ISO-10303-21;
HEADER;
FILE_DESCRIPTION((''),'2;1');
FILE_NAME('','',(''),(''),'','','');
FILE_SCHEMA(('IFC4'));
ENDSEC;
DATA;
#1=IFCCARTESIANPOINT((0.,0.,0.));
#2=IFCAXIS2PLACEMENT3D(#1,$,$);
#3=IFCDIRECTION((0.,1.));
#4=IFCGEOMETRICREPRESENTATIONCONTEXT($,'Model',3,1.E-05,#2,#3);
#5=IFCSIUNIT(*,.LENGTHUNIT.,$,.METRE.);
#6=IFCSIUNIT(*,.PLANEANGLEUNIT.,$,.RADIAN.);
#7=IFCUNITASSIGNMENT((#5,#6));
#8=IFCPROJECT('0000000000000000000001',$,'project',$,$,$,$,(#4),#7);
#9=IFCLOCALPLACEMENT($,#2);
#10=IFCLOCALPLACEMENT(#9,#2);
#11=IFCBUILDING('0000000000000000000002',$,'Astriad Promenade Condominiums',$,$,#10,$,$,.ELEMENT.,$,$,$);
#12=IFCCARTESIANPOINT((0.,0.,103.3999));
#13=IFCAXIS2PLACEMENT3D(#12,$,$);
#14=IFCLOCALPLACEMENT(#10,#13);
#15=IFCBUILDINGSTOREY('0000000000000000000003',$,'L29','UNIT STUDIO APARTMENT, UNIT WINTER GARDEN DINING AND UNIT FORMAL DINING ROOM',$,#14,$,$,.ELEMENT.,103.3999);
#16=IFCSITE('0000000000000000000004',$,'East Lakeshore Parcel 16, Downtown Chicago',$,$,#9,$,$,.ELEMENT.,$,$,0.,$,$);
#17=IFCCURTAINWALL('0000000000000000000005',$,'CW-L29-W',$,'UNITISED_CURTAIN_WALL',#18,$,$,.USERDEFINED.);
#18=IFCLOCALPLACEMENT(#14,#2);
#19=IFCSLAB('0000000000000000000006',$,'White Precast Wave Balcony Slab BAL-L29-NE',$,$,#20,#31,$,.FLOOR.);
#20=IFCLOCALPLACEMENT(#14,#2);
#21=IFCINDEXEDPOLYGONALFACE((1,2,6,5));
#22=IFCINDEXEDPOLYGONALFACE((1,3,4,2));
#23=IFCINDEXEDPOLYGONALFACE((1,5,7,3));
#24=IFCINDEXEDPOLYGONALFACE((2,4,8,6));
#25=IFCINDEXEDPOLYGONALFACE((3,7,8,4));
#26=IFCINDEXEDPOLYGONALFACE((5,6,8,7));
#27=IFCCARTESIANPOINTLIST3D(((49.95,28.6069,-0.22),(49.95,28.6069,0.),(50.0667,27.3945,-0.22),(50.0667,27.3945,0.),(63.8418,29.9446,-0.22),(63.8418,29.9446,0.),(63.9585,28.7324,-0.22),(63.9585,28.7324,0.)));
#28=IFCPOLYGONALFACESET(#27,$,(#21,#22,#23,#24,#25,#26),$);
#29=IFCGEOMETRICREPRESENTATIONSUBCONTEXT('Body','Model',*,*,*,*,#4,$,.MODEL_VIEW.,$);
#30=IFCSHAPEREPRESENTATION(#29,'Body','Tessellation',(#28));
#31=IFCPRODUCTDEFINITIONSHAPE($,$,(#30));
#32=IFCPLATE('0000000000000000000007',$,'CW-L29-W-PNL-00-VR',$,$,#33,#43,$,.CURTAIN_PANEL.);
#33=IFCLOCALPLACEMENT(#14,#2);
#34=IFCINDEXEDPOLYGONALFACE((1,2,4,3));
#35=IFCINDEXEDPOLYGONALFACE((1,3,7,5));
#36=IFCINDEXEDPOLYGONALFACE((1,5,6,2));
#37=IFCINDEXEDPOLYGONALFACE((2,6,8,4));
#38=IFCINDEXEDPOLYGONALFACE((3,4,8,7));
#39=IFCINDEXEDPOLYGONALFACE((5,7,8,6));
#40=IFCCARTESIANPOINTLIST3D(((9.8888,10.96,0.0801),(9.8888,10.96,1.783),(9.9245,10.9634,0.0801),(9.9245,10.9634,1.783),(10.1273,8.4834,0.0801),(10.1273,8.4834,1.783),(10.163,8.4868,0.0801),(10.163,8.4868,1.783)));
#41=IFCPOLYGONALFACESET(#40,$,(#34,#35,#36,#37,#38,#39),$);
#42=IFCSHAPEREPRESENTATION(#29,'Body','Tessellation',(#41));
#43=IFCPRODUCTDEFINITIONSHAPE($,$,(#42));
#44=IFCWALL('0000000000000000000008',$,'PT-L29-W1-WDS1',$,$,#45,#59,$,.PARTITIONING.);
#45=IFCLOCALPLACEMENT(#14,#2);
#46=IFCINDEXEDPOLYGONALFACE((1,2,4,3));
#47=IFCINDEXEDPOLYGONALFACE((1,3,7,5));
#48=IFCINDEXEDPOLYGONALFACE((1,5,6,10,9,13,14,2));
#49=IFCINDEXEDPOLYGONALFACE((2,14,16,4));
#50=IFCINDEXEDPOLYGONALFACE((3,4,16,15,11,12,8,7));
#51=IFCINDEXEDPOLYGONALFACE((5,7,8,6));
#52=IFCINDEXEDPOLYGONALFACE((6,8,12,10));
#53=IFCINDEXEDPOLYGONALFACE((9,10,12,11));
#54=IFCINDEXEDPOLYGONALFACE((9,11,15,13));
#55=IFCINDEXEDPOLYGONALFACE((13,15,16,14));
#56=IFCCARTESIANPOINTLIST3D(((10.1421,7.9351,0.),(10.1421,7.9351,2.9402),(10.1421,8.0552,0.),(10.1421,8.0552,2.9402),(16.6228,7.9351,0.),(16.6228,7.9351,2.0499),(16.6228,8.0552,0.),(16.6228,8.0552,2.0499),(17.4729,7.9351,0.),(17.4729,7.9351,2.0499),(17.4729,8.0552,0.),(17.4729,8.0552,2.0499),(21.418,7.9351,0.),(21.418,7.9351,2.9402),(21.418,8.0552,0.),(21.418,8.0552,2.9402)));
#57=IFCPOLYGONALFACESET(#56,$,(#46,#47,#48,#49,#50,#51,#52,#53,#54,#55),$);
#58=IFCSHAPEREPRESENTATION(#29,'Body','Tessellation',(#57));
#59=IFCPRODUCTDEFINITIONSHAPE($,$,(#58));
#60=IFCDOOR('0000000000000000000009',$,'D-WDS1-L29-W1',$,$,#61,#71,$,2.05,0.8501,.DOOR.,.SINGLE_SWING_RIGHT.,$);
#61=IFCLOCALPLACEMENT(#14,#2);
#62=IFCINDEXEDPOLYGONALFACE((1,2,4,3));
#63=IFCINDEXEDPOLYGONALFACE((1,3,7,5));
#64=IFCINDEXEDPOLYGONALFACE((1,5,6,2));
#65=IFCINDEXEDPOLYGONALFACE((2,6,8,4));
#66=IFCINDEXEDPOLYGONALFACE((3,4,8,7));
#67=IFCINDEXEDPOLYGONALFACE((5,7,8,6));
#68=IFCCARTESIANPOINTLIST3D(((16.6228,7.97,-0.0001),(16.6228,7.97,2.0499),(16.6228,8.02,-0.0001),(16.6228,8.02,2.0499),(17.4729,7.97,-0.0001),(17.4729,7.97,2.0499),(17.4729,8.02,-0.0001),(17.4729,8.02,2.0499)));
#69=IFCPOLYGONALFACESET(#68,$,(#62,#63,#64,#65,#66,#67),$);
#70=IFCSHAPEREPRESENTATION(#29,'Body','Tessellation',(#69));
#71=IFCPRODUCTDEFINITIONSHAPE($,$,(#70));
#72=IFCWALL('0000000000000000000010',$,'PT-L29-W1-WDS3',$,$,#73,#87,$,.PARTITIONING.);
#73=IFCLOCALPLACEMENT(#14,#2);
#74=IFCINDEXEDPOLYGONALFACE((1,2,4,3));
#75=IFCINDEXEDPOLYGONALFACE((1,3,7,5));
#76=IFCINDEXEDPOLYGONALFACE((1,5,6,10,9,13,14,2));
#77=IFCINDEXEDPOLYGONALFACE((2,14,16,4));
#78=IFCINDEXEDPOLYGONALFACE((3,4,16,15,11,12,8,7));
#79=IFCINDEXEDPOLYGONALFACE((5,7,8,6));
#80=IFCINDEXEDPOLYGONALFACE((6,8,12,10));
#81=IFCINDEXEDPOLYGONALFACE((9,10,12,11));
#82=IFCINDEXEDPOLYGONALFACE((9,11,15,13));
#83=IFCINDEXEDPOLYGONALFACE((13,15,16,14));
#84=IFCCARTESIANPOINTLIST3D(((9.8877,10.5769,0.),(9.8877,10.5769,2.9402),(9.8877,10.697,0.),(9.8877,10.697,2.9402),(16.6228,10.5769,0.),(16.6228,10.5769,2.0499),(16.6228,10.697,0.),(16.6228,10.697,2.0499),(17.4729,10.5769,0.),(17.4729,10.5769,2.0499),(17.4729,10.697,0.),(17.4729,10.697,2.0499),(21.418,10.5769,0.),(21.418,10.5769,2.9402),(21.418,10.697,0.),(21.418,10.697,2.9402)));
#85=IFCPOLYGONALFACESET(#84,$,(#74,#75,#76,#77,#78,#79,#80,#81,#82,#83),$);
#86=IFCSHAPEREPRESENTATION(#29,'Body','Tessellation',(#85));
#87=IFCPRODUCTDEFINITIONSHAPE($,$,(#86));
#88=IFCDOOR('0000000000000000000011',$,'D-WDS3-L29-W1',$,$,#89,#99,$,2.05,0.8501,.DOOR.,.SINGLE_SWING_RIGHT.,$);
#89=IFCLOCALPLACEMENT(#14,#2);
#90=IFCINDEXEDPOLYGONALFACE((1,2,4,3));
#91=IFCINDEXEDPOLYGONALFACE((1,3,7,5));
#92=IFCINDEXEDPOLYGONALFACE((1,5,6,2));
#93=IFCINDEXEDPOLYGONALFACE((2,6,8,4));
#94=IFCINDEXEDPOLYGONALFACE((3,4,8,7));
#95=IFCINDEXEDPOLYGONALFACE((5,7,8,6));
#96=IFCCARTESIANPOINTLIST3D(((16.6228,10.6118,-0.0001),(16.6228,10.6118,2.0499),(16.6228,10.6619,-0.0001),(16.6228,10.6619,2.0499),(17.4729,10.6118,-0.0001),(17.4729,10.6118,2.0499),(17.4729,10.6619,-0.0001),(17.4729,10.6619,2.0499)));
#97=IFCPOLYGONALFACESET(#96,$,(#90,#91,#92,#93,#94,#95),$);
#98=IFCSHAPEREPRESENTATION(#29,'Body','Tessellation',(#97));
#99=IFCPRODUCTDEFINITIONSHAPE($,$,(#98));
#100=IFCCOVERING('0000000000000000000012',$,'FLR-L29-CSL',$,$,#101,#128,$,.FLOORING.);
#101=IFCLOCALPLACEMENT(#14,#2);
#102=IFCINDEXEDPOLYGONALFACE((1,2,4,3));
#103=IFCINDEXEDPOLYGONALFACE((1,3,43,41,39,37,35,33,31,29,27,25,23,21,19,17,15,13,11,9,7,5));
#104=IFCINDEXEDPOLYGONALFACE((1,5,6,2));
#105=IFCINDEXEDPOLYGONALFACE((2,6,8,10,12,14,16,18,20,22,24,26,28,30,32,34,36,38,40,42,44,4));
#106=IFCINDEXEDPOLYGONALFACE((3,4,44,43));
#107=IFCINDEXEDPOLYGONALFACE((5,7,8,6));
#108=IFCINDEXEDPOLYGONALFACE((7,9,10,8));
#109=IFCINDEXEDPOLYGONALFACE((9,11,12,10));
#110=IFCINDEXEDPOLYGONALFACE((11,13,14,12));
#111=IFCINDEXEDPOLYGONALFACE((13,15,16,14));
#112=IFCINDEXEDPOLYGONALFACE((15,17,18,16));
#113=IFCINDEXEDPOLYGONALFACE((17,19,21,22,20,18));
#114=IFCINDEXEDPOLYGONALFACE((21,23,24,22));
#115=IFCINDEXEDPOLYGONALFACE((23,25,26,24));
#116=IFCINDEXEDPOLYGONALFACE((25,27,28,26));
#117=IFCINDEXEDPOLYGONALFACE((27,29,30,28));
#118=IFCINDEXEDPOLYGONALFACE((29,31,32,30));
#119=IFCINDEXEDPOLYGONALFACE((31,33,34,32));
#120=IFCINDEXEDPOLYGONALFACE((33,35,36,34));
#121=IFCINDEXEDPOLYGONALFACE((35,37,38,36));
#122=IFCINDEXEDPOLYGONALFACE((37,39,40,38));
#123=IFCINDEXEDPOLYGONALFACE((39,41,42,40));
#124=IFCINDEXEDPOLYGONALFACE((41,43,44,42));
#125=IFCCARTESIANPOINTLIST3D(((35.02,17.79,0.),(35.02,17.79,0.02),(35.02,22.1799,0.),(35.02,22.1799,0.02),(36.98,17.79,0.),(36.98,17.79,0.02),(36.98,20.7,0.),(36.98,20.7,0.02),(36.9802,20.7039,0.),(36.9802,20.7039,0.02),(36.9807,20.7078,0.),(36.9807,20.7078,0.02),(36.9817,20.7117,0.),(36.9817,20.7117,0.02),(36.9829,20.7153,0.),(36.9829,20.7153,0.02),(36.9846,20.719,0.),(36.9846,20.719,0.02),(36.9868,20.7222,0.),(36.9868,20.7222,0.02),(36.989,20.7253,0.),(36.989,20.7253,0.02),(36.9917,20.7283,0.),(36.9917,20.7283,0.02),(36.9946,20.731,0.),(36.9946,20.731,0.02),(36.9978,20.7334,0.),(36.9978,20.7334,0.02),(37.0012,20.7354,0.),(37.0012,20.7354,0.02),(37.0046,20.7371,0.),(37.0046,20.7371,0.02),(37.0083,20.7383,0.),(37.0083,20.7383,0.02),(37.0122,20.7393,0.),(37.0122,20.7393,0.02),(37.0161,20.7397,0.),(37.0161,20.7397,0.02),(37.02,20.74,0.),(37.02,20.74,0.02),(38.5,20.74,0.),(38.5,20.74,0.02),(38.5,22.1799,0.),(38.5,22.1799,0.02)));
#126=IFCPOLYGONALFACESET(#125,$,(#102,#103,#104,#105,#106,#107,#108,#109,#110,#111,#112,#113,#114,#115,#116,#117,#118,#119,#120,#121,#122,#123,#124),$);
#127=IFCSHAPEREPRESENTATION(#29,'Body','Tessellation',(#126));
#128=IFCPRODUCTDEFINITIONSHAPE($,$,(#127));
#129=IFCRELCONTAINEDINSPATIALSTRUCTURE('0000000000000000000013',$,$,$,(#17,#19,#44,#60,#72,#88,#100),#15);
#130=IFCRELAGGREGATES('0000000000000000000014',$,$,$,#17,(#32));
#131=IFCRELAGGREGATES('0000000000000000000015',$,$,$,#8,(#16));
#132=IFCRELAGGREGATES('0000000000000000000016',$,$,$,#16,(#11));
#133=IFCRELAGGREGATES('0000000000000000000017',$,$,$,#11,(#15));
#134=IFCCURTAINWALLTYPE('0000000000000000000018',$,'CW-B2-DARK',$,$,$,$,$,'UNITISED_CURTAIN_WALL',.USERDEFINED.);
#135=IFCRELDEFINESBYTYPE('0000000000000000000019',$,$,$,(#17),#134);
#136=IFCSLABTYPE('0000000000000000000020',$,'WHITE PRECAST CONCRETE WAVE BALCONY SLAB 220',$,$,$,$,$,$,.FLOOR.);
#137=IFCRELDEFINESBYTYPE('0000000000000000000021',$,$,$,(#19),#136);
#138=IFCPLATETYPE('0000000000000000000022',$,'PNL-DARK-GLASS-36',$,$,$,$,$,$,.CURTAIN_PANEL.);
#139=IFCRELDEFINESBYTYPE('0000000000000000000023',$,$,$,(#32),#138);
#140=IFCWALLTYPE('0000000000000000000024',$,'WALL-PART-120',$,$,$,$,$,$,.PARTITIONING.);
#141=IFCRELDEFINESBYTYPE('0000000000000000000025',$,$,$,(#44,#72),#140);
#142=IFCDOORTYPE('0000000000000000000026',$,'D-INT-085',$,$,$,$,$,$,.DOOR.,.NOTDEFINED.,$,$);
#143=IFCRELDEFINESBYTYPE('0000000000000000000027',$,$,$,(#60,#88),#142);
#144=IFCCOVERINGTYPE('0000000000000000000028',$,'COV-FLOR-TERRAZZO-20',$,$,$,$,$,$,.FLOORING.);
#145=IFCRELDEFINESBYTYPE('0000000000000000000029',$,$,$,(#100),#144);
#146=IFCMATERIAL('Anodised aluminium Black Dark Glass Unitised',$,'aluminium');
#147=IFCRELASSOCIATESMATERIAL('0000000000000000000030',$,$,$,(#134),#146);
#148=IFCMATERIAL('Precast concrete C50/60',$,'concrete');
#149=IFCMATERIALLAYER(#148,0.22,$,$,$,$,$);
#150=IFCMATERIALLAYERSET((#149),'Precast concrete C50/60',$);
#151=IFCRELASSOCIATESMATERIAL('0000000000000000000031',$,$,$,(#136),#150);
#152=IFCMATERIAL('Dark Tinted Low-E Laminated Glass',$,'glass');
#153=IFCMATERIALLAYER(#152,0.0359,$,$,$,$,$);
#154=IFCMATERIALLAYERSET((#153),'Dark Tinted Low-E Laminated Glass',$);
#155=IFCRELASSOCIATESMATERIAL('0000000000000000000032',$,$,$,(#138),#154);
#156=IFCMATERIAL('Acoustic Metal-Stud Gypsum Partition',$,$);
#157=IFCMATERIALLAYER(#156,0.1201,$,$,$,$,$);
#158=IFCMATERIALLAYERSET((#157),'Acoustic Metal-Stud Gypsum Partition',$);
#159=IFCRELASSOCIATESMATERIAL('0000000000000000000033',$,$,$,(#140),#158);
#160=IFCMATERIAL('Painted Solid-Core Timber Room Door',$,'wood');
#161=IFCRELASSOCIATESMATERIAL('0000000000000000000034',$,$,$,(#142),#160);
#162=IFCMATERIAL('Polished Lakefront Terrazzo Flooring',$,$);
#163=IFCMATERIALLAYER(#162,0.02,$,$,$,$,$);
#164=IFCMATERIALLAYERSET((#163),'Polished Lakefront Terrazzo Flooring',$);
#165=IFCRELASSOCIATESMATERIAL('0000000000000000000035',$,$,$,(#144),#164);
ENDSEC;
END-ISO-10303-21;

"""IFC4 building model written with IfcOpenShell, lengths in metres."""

from ifc_helpers import new_model, si_unit, direction, frame, frame_2d, origin, origin_2d, place, context, subcontext, project, spatial, polyline, rectangle, outline, extrude, source, transform, mapped, material, layer, layer_set, type_object, type_shapes, element, fill, aggregate, save


model = new_model("IFC4")

# Units and contexts
model_context = context("Model", 3, precision=1e-05, world=origin(), true_north=direction((0.0, 1.0)))
body_context = subcontext(model_context, "Body", "Model", "MODEL_VIEW")
ifc_project = project(units=[si_unit("LENGTHUNIT", "METRE"), si_unit("PLANEANGLEUNIT", "RADIAN")], contexts=[model_context])

# Site, building, storey
site_placement = place(None, origin())
site = spatial("IfcSite", under=ifc_project, at=site_placement, Name="East Lakeshore Parcel 16, Downtown Chicago", CompositionType="ELEMENT", RefElevation=0.0)
building_placement = place(site_placement, origin())
building = spatial("IfcBuilding", under=site, at=building_placement, Name="Astriad Promenade Condominiums", CompositionType="ELEMENT")
storey_placement = place(building_placement, frame((0.0, 0.0, 103.3999)))
storey = spatial("IfcBuildingStorey", under=building, at=storey_placement, Name="L29", Description="UNIT STUDIO APARTMENT, UNIT WINTER GARDEN DINING AND UNIT FORMAL DINING ROOM", CompositionType="ELEMENT", Elevation=103.3999)

# Curtain wall
ifc_material_1 = material(Name="Anodised aluminium Black Dark Glass Unitised", Category="aluminium")
curtain_wall_type = type_object("IfcCurtainWallType", Name="CW-B2-DARK", ElementType="UNITISED_CURTAIN_WALL", PredefinedType="USERDEFINED", material=ifc_material_1)
curtain_wall_placement = place(storey_placement, origin())
curtain_wall = element("IfcCurtainWall", 1, at=curtain_wall_placement, inside=storey, type_object=curtain_wall_type, Name="CW-L29-W", ObjectType="UNITISED_CURTAIN_WALL", PredefinedType="USERDEFINED")

# Slab
ifc_material_2 = material(Name="Precast concrete C50/60", Category="concrete")
ifc_layer_1 = layer(ifc_material_2, 0.22)
ifc_layer_set_1 = layer_set([ifc_layer_1], Name="Precast concrete C50/60")
slab_type_1 = type_object("IfcSlabType", Name="WHITE PRECAST CONCRETE WAVE BALCONY SLAB 220", PredefinedType="FLOOR", material=ifc_layer_set_1)
slab_1_placement = place(storey_placement, frame((0.0, 0.0, -0.22)))
element("IfcSlab", 2, at=slab_1_placement, inside=storey, type_object=slab_type_1, Name="White Precast Wave Balcony Slab BAL-L29-NE", PredefinedType="FLOOR", context=body_context, shape_type="SweptSolid", body=[
    extrude(outline(polyline([(49.95, 28.6069), (63.8418, 29.9446), (63.9585, 28.7324), (50.0667, 27.3945), (49.95, 28.6069)])), origin(), (0.0, 0.0, 1.0), 0.22),
])

# Plate
ifc_material_3 = material(Name="Dark Tinted Low-E Laminated Glass", Category="glass")
ifc_layer_2 = layer(ifc_material_3, 0.0359)
ifc_layer_set_2 = layer_set([ifc_layer_2], Name="Dark Tinted Low-E Laminated Glass")
plate_type = type_object("IfcPlateType", Name="PNL-DARK-GLASS-36", PredefinedType="CURTAIN_PANEL", material=ifc_layer_set_2)
shared_shape_1 = source(origin(), body_context, "Body", "SweptSolid", [
    extrude(rectangle(XDim=2.488, YDim=0.0359, at=origin_2d()), origin(), (0.0, 0.0, 1.0), 1.7029),
])
type_shapes(plate_type, [shared_shape_1])
plate_placement = place(storey_placement, frame((10.0259, 9.7234, 0.0801), z_axis=(0.0, 0.0, 1.0), x_axis=(-0.095846, 0.995396, 0.0)))
plate = element("IfcPlate", 3, at=plate_placement, type_object=plate_type, Name="CW-L29-W-PNL-00-VR", PredefinedType="CURTAIN_PANEL", context=body_context, shape_type="MappedRepresentation", body=[
    mapped(shared_shape_1, transform((0.0, 0.0, 0.0), scale=1.0)),
])
aggregate(curtain_wall, [plate])

# Walls, openings, doors
ifc_material_4 = material(Name="Acoustic Metal-Stud Gypsum Partition")
ifc_layer_3 = layer(ifc_material_4, 0.1201)
ifc_layer_set_3 = layer_set([ifc_layer_3], Name="Acoustic Metal-Stud Gypsum Partition")
wall_type = type_object("IfcWallType", Name="WALL-PART-120", PredefinedType="PARTITIONING", material=ifc_layer_set_3)
wall_1_placement = place(storey_placement, frame((10.1421, 7.9951, 0.0), z_axis=(0.0, 0.0, 1.0), x_axis=(1.0, 0.0, 0.0)))
wall_1 = element("IfcWall", 4, at=wall_1_placement, inside=storey, type_object=wall_type, Name="PT-L29-W1-WDS1", PredefinedType="PARTITIONING", context=body_context, shape_type="SweptSolid", body=[
    extrude(rectangle(XDim=11.2759, YDim=0.1201, at=frame_2d((5.6379, 0.0))), origin(), (0.0, 0.0, 1.0), 2.9402),
])
opening_1_placement = place(wall_1_placement, frame((6.4807, 0.0, 0.0)))
opening_1 = element("IfcOpeningElement", 5, at=opening_1_placement, cuts=wall_1, PredefinedType="OPENING", context=body_context, shape_type="SweptSolid", body=[
    extrude(rectangle(XDim=0.8501, YDim=2.05, at=frame_2d((0.425, 1.0249))), frame((0.0, 0.0701, 0.0), z_axis=(0.0, -1.0, 0.0), x_axis=(1.0, 0.0, 0.0)), (0.0, 0.0, 1.0), 0.1401),
])
ifc_material_5 = material(Name="Painted Solid-Core Timber Room Door", Category="wood")
door_type = type_object("IfcDoorType", Name="D-INT-085", OperationType="NOTDEFINED", PredefinedType="DOOR", material=ifc_material_5)
shared_shape_2 = source(origin(), body_context, "Body", "SweptSolid", [
    extrude(rectangle(XDim=0.8501, YDim=2.05, at=frame_2d((0.425, 1.0249))), frame((0.0, 0.0249, 0.0), z_axis=(0.0, -1.0, 0.0), x_axis=(1.0, 0.0, 0.0)), (0.0, 0.0, 1.0), 0.05),
])
type_shapes(door_type, [shared_shape_2])
door_1_placement = place(opening_1_placement, origin())
door_1 = element("IfcDoor", 6, at=door_1_placement, inside=storey, type_object=door_type, Name="D-WDS1-L29-W1", OperationType="SINGLE_SWING_RIGHT", OverallHeight=2.05, OverallWidth=0.8501, PredefinedType="DOOR", context=body_context, shape_type="MappedRepresentation", body=[
    mapped(shared_shape_2, transform((0.0, 0.0, 0.0), scale=1.0)),
])
fill(opening_1, door_1)
wall_2_placement = place(storey_placement, frame((9.8877, 10.637, 0.0), z_axis=(0.0, 0.0, 1.0), x_axis=(1.0, 0.0, 0.0)))
wall_2 = element("IfcWall", 7, at=wall_2_placement, inside=storey, type_object=wall_type, Name="PT-L29-W1-WDS3", PredefinedType="PARTITIONING", context=body_context, shape_type="SweptSolid", body=[
    extrude(rectangle(XDim=11.5303, YDim=0.1201, at=frame_2d((5.7651, 0.0))), origin(), (0.0, 0.0, 1.0), 2.9402),
])
opening_2_placement = place(wall_2_placement, frame((6.7351, 0.0, 0.0)))
opening_2 = element("IfcOpeningElement", 8, at=opening_2_placement, cuts=wall_2, PredefinedType="OPENING", context=body_context, shape_type="SweptSolid", body=[
    extrude(rectangle(XDim=0.8501, YDim=2.05, at=frame_2d((0.425, 1.0249))), frame((0.0, 0.0701, 0.0), z_axis=(0.0, -1.0, 0.0), x_axis=(1.0, 0.0, 0.0)), (0.0, 0.0, 1.0), 0.1401),
])
door_2_placement = place(opening_2_placement, origin())
door_2 = element("IfcDoor", 9, at=door_2_placement, inside=storey, type_object=door_type, Name="D-WDS3-L29-W1", OperationType="SINGLE_SWING_RIGHT", OverallHeight=2.05, OverallWidth=0.8501, PredefinedType="DOOR", context=body_context, shape_type="MappedRepresentation", body=[
    mapped(shared_shape_2, transform((0.0, 0.0, 0.0), scale=1.0)),
])
fill(opening_2, door_2)

# Covering
ifc_material_6 = material(Name="Polished Lakefront Terrazzo Flooring")
ifc_layer_4 = layer(ifc_material_6, 0.02)
ifc_layer_set_4 = layer_set([ifc_layer_4], Name="Polished Lakefront Terrazzo Flooring")
covering_type = type_object("IfcCoveringType", Name="COV-FLOR-TERRAZZO-20", PredefinedType="FLOORING", material=ifc_layer_set_4)
covering_1_placement = place(storey_placement, origin())
element("IfcCovering", 10, at=covering_1_placement, inside=storey, type_object=covering_type, Name="FLR-L29-CSL", PredefinedType="FLOORING", context=body_context, shape_type="SweptSolid", body=[
    extrude(outline(polyline([(36.98, 20.7), (36.98, 17.79), (35.02, 17.79), (35.02, 22.1799), (38.5, 22.1799), (38.5, 20.74), (37.02, 20.74), (37.0161, 20.7397), (37.0122, 20.7393), (37.0083, 20.7383), (37.0046, 20.7371), (37.0012, 20.7354), (36.9978, 20.7334), (36.9946, 20.731), (36.9917, 20.7283), (36.989, 20.7253), (36.9868, 20.7222), (36.9846, 20.719), (36.9829, 20.7153), (36.9817, 20.7117), (36.9807, 20.7078), (36.9802, 20.7039), (36.98, 20.7)])), origin(), (0.0, 0.0, 1.0), 0.02),
])

save(model, "model.ifc")
